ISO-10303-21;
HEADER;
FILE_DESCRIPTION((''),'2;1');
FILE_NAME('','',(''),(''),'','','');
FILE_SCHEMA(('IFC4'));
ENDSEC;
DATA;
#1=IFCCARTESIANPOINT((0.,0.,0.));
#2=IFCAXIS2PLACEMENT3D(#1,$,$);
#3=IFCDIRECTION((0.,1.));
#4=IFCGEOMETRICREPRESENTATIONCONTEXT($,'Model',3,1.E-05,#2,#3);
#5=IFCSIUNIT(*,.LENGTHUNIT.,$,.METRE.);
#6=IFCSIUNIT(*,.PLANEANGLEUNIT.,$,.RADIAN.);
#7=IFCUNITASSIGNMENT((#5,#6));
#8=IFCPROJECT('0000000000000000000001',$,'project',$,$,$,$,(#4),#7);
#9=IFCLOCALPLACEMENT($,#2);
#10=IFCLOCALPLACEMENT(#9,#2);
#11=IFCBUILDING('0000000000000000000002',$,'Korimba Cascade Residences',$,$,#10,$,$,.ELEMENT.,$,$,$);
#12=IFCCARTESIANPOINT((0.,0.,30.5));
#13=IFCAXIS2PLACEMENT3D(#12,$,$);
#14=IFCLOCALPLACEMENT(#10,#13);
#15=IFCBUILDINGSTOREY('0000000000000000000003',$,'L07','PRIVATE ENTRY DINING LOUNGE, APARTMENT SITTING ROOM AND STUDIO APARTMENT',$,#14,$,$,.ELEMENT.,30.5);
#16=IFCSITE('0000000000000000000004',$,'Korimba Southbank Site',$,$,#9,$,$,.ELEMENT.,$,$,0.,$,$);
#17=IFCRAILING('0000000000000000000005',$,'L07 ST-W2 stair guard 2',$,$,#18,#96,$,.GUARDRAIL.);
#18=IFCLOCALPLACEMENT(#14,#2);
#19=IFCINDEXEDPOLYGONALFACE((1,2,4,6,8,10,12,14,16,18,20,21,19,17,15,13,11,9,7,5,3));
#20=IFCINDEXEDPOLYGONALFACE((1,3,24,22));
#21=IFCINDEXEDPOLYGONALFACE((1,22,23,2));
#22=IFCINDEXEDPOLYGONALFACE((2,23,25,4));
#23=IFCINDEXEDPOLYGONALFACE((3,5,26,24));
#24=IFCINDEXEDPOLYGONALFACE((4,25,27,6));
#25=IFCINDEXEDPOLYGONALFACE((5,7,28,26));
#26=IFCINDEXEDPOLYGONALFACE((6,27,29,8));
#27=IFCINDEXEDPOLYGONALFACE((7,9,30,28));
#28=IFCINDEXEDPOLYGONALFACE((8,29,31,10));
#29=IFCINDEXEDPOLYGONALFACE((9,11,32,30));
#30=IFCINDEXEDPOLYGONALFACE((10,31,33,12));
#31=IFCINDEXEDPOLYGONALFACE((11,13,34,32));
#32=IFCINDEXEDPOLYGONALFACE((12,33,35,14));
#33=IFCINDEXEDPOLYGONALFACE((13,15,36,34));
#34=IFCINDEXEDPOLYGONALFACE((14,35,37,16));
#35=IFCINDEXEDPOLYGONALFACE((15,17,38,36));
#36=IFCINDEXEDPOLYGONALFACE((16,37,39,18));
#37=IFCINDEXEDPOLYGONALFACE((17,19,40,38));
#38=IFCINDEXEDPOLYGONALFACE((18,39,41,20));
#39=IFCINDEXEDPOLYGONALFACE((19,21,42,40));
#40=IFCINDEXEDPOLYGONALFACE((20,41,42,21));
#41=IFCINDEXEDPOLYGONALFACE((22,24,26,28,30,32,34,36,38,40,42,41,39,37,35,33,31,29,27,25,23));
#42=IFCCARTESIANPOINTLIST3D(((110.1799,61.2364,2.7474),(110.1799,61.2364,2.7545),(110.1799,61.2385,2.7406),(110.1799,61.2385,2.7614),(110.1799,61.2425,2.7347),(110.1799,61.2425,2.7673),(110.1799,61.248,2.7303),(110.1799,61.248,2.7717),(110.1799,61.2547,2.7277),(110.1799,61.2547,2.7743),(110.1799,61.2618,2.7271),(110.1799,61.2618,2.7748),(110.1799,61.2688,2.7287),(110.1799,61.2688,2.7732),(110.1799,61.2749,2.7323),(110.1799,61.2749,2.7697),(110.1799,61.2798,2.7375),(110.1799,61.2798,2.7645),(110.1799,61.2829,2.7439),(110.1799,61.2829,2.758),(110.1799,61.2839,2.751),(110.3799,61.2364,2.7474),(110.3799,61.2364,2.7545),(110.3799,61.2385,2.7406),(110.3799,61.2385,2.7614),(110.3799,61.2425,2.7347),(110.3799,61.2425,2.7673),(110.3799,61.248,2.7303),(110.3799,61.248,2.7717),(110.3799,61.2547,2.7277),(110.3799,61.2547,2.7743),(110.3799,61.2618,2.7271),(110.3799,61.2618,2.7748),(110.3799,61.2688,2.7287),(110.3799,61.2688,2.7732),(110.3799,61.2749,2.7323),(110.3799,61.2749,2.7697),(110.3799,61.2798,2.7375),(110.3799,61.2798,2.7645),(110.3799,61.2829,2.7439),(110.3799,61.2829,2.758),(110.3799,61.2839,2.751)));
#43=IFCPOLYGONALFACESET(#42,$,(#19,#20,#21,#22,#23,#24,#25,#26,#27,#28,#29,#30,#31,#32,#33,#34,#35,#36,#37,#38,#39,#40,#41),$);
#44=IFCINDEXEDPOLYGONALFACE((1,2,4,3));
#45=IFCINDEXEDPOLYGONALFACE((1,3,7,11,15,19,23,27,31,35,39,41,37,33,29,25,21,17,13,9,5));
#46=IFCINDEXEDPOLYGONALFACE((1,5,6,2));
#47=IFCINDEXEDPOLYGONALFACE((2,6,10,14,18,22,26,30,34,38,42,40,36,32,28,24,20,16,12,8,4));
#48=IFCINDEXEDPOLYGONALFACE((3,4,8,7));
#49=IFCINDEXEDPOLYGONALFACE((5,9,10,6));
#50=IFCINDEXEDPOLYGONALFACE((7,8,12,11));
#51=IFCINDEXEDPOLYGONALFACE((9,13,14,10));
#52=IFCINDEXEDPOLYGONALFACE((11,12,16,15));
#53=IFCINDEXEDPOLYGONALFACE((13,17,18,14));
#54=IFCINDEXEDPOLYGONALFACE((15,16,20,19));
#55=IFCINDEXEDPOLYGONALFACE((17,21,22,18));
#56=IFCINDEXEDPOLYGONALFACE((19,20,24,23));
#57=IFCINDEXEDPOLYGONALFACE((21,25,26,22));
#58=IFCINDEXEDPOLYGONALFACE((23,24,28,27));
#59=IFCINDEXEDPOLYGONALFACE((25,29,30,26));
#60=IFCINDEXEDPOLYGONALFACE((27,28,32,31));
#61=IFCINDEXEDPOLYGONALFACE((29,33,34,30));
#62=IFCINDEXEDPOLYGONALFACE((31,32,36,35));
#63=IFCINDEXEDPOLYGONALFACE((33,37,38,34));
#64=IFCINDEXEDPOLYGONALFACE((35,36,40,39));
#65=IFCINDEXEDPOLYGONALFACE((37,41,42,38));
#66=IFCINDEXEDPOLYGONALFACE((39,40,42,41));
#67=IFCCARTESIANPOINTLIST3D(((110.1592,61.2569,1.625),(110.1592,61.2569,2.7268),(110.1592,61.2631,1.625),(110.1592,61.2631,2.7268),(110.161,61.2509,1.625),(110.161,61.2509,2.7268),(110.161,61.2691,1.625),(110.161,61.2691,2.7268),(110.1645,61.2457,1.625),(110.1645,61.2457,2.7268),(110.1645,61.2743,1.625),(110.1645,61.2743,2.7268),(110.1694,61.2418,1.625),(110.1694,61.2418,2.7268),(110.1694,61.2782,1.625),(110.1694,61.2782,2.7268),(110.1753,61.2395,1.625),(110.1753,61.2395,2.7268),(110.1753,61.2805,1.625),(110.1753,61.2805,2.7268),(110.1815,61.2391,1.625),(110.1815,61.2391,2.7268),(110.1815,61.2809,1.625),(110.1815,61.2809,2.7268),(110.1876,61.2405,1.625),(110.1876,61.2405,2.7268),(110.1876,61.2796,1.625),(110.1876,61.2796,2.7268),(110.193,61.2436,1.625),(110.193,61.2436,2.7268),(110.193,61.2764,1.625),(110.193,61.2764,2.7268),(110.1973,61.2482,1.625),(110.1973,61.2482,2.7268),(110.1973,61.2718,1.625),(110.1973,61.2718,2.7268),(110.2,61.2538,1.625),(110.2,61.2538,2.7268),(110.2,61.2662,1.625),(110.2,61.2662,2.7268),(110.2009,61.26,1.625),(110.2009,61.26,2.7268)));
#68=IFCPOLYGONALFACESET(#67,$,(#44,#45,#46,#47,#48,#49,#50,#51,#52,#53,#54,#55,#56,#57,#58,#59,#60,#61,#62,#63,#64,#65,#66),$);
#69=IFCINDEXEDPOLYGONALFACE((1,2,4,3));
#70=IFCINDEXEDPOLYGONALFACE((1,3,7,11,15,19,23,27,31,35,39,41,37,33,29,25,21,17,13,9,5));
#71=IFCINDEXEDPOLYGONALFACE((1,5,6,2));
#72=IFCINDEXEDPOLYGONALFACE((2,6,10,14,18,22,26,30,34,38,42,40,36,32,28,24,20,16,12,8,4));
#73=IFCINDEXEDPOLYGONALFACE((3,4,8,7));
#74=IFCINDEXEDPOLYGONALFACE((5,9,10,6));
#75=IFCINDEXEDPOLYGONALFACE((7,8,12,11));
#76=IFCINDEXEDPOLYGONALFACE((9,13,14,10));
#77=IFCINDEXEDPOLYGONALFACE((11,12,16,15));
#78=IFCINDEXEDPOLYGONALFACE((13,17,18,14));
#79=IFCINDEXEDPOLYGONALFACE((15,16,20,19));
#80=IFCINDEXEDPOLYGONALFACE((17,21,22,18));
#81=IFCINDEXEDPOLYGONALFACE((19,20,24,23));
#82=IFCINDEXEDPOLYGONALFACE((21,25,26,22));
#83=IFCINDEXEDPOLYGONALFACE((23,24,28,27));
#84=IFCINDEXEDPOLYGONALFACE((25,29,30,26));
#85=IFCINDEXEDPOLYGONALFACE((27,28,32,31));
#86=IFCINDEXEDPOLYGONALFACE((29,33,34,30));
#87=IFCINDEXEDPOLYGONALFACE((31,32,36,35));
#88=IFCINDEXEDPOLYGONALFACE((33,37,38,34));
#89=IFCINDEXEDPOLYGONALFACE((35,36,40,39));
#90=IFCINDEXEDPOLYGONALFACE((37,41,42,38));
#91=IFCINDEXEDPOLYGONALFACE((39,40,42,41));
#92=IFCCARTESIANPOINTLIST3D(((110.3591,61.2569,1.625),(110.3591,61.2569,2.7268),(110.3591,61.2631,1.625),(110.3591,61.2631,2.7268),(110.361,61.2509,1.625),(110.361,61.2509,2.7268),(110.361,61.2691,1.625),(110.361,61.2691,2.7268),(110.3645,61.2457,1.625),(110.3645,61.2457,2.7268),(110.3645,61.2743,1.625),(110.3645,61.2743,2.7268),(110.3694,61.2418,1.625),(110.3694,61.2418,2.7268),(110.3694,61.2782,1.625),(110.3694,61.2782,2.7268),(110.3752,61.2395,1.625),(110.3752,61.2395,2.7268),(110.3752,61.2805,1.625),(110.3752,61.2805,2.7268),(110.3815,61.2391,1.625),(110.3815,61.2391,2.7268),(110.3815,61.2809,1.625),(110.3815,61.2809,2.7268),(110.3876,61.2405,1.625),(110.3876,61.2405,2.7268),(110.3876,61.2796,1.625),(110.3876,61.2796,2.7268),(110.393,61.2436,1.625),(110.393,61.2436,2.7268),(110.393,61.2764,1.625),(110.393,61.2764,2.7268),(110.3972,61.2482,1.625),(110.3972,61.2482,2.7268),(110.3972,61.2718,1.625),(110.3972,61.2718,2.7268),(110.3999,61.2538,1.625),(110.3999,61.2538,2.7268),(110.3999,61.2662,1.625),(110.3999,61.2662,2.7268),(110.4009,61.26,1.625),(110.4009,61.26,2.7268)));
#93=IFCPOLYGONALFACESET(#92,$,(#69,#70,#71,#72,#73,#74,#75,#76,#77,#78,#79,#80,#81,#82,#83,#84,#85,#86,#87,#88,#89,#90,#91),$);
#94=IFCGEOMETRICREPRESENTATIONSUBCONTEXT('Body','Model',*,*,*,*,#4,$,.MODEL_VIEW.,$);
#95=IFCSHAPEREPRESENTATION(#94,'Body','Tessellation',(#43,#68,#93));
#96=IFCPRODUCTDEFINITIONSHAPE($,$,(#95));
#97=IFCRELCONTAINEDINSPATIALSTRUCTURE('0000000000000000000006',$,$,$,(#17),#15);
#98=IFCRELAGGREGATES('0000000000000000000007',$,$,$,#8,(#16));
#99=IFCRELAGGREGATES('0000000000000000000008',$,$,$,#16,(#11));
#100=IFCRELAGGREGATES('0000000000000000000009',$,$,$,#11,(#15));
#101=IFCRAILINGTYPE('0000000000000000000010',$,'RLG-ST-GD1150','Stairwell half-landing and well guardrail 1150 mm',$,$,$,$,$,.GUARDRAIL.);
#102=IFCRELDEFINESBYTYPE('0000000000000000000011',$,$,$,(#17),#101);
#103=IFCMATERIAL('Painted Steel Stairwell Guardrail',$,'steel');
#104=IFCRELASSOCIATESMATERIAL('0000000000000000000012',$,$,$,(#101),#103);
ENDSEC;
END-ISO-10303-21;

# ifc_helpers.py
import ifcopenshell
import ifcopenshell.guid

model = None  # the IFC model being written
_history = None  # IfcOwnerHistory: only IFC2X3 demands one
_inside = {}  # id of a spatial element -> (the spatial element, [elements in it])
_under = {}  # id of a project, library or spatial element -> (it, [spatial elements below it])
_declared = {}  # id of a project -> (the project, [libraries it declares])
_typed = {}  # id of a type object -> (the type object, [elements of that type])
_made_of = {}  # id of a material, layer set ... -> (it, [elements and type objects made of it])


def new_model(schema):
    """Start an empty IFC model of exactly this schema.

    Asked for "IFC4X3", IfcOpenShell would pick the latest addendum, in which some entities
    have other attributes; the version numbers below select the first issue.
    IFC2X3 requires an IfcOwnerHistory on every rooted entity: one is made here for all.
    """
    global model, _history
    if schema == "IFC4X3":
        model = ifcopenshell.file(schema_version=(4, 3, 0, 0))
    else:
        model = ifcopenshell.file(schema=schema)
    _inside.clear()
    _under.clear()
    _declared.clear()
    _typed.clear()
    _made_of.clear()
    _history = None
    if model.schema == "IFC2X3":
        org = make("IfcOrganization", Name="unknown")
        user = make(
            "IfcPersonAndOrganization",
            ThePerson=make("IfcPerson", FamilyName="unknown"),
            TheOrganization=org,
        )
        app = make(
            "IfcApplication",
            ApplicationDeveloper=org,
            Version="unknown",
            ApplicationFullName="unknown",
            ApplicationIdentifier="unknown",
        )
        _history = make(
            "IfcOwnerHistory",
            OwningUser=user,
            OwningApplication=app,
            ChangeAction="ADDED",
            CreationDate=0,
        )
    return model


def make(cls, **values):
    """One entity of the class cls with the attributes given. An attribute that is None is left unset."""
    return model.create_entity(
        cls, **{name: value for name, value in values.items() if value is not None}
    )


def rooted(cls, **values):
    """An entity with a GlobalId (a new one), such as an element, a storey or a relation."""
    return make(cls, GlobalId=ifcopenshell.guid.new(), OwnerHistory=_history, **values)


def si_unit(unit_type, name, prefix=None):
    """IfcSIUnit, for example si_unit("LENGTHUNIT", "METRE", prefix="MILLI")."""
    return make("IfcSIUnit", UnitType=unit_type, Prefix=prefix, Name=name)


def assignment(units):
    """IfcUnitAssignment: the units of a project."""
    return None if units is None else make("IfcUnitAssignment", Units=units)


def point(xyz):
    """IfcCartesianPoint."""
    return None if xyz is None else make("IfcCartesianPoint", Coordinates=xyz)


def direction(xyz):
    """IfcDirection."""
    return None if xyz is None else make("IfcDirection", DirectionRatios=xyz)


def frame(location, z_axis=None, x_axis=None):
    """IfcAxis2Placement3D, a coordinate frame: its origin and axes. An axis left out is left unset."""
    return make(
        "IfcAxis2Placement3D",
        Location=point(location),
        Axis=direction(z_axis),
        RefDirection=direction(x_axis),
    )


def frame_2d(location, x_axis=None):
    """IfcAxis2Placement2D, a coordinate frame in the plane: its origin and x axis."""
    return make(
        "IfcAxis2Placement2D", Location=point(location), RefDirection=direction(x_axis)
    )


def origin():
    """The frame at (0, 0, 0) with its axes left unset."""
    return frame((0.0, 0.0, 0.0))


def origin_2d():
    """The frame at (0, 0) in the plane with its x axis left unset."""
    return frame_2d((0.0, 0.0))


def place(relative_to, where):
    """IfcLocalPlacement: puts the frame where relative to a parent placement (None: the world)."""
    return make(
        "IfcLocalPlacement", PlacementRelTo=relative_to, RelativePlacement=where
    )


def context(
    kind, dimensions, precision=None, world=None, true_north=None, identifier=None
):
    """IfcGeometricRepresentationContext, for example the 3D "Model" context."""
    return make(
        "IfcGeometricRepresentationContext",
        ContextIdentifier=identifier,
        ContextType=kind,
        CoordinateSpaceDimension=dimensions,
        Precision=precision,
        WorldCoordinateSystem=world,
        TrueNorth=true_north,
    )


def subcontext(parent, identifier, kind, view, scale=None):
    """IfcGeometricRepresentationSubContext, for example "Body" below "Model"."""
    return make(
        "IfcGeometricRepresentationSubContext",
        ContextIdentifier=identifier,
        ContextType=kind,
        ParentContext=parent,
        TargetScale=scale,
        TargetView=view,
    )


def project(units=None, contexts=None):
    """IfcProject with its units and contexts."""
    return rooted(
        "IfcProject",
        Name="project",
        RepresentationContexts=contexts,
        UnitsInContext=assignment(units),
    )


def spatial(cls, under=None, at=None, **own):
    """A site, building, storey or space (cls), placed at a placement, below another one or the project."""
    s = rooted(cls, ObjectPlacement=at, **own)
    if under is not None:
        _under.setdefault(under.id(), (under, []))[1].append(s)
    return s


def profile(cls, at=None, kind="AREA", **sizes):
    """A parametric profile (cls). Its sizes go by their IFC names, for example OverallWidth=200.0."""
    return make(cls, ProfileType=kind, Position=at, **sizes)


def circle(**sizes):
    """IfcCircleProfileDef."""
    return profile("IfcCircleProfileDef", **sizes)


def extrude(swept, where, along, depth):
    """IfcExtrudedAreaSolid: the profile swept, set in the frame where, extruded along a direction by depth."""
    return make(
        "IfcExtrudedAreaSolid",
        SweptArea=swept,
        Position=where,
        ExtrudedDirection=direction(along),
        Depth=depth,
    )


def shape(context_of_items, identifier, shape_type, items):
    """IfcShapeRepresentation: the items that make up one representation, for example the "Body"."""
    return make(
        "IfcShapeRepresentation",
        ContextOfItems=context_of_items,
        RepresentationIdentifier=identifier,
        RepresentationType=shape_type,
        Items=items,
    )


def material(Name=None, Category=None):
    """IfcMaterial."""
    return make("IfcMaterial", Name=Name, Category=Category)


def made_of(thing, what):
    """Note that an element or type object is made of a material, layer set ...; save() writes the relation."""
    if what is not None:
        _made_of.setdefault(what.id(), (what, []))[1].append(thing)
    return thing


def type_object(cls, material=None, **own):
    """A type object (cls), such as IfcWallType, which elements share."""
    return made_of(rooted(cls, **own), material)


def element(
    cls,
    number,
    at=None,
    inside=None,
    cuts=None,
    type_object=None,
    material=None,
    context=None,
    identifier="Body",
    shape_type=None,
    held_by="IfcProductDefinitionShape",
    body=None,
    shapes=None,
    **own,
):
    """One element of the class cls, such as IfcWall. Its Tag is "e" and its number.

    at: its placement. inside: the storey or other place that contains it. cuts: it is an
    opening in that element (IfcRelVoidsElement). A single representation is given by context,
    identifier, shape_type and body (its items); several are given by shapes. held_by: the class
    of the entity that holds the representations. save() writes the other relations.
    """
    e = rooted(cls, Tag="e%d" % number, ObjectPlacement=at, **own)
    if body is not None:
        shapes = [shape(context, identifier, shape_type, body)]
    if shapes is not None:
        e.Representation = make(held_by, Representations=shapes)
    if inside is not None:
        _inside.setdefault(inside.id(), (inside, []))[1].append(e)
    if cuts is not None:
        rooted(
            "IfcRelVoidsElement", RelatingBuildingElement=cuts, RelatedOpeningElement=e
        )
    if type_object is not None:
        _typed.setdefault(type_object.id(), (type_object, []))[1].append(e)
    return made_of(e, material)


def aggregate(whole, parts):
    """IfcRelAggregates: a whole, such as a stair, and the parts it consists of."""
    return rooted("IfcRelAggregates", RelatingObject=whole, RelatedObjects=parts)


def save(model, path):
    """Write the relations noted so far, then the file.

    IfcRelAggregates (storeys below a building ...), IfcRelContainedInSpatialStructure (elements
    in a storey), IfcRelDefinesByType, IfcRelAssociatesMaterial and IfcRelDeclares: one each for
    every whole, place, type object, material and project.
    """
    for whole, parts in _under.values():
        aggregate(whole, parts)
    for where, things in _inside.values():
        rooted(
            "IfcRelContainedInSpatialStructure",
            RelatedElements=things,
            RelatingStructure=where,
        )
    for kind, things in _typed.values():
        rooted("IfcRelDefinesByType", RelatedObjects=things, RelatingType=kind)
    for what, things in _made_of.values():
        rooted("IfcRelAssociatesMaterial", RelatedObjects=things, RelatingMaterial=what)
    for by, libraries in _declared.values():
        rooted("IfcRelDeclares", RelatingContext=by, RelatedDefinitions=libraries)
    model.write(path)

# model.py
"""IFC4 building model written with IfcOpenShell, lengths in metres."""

from ifc_helpers import new_model, si_unit, direction, frame, origin, origin_2d, place, context, subcontext, project, spatial, circle, extrude, material, type_object, element, save


model = new_model("IFC4")

# Units and contexts
model_context = context("Model", 3, precision=1e-05, world=origin(), true_north=direction((0.0, 1.0)))
body_context = subcontext(model_context, "Body", "Model", "MODEL_VIEW")
ifc_project = project(units=[si_unit("LENGTHUNIT", "METRE"), si_unit("PLANEANGLEUNIT", "RADIAN")], contexts=[model_context])

# Site, building, storey
site_placement = place(None, origin())
site = spatial("IfcSite", under=ifc_project, at=site_placement, Name="Korimba Southbank Site", CompositionType="ELEMENT", RefElevation=0.0)
building_placement = place(site_placement, origin())
building = spatial("IfcBuilding", under=site, at=building_placement, Name="Korimba Cascade Residences", CompositionType="ELEMENT")
storey_placement = place(building_placement, frame((0.0, 0.0, 30.5)))
storey = spatial("IfcBuildingStorey", under=building, at=storey_placement, Name="L07", Description="PRIVATE ENTRY DINING LOUNGE, APARTMENT SITTING ROOM AND STUDIO APARTMENT", CompositionType="ELEMENT", Elevation=30.5)

# Railing
ifc_material_1 = material(Name="Painted Steel Stairwell Guardrail", Category="steel")
railing_type_1 = type_object("IfcRailingType", Name="RLG-ST-GD1150", Description="Stairwell half-landing and well guardrail 1150 mm", PredefinedType="GUARDRAIL", material=ifc_material_1)
railing_1_placement = place(storey_placement, frame((110.1799, 61.26, 1.625)))
element("IfcRailing", 1, at=railing_1_placement, inside=storey, type_object=railing_type_1, Name="L07 ST-W2 stair guard 2", PredefinedType="GUARDRAIL", context=body_context, shape_type="SweptSolid", body=[
    extrude(circle(Radius=0.0239, at=origin_2d()), frame((0.0, 0.0, 1.126), z_axis=(1.0, 0.0, 0.0), x_axis=(0.0, 1.0, 0.0)), (0.0, 0.0, 1.0), 0.2),
    extrude(circle(Radius=0.021, at=origin_2d()), origin(), (0.0, 0.0, 1.0), 1.1018),
    extrude(circle(Radius=0.021, at=origin_2d()), frame((0.2, 0.0, 0.0)), (0.0, 0.0, 1.0), 1.1018),
])

save(model, "model.ifc")
